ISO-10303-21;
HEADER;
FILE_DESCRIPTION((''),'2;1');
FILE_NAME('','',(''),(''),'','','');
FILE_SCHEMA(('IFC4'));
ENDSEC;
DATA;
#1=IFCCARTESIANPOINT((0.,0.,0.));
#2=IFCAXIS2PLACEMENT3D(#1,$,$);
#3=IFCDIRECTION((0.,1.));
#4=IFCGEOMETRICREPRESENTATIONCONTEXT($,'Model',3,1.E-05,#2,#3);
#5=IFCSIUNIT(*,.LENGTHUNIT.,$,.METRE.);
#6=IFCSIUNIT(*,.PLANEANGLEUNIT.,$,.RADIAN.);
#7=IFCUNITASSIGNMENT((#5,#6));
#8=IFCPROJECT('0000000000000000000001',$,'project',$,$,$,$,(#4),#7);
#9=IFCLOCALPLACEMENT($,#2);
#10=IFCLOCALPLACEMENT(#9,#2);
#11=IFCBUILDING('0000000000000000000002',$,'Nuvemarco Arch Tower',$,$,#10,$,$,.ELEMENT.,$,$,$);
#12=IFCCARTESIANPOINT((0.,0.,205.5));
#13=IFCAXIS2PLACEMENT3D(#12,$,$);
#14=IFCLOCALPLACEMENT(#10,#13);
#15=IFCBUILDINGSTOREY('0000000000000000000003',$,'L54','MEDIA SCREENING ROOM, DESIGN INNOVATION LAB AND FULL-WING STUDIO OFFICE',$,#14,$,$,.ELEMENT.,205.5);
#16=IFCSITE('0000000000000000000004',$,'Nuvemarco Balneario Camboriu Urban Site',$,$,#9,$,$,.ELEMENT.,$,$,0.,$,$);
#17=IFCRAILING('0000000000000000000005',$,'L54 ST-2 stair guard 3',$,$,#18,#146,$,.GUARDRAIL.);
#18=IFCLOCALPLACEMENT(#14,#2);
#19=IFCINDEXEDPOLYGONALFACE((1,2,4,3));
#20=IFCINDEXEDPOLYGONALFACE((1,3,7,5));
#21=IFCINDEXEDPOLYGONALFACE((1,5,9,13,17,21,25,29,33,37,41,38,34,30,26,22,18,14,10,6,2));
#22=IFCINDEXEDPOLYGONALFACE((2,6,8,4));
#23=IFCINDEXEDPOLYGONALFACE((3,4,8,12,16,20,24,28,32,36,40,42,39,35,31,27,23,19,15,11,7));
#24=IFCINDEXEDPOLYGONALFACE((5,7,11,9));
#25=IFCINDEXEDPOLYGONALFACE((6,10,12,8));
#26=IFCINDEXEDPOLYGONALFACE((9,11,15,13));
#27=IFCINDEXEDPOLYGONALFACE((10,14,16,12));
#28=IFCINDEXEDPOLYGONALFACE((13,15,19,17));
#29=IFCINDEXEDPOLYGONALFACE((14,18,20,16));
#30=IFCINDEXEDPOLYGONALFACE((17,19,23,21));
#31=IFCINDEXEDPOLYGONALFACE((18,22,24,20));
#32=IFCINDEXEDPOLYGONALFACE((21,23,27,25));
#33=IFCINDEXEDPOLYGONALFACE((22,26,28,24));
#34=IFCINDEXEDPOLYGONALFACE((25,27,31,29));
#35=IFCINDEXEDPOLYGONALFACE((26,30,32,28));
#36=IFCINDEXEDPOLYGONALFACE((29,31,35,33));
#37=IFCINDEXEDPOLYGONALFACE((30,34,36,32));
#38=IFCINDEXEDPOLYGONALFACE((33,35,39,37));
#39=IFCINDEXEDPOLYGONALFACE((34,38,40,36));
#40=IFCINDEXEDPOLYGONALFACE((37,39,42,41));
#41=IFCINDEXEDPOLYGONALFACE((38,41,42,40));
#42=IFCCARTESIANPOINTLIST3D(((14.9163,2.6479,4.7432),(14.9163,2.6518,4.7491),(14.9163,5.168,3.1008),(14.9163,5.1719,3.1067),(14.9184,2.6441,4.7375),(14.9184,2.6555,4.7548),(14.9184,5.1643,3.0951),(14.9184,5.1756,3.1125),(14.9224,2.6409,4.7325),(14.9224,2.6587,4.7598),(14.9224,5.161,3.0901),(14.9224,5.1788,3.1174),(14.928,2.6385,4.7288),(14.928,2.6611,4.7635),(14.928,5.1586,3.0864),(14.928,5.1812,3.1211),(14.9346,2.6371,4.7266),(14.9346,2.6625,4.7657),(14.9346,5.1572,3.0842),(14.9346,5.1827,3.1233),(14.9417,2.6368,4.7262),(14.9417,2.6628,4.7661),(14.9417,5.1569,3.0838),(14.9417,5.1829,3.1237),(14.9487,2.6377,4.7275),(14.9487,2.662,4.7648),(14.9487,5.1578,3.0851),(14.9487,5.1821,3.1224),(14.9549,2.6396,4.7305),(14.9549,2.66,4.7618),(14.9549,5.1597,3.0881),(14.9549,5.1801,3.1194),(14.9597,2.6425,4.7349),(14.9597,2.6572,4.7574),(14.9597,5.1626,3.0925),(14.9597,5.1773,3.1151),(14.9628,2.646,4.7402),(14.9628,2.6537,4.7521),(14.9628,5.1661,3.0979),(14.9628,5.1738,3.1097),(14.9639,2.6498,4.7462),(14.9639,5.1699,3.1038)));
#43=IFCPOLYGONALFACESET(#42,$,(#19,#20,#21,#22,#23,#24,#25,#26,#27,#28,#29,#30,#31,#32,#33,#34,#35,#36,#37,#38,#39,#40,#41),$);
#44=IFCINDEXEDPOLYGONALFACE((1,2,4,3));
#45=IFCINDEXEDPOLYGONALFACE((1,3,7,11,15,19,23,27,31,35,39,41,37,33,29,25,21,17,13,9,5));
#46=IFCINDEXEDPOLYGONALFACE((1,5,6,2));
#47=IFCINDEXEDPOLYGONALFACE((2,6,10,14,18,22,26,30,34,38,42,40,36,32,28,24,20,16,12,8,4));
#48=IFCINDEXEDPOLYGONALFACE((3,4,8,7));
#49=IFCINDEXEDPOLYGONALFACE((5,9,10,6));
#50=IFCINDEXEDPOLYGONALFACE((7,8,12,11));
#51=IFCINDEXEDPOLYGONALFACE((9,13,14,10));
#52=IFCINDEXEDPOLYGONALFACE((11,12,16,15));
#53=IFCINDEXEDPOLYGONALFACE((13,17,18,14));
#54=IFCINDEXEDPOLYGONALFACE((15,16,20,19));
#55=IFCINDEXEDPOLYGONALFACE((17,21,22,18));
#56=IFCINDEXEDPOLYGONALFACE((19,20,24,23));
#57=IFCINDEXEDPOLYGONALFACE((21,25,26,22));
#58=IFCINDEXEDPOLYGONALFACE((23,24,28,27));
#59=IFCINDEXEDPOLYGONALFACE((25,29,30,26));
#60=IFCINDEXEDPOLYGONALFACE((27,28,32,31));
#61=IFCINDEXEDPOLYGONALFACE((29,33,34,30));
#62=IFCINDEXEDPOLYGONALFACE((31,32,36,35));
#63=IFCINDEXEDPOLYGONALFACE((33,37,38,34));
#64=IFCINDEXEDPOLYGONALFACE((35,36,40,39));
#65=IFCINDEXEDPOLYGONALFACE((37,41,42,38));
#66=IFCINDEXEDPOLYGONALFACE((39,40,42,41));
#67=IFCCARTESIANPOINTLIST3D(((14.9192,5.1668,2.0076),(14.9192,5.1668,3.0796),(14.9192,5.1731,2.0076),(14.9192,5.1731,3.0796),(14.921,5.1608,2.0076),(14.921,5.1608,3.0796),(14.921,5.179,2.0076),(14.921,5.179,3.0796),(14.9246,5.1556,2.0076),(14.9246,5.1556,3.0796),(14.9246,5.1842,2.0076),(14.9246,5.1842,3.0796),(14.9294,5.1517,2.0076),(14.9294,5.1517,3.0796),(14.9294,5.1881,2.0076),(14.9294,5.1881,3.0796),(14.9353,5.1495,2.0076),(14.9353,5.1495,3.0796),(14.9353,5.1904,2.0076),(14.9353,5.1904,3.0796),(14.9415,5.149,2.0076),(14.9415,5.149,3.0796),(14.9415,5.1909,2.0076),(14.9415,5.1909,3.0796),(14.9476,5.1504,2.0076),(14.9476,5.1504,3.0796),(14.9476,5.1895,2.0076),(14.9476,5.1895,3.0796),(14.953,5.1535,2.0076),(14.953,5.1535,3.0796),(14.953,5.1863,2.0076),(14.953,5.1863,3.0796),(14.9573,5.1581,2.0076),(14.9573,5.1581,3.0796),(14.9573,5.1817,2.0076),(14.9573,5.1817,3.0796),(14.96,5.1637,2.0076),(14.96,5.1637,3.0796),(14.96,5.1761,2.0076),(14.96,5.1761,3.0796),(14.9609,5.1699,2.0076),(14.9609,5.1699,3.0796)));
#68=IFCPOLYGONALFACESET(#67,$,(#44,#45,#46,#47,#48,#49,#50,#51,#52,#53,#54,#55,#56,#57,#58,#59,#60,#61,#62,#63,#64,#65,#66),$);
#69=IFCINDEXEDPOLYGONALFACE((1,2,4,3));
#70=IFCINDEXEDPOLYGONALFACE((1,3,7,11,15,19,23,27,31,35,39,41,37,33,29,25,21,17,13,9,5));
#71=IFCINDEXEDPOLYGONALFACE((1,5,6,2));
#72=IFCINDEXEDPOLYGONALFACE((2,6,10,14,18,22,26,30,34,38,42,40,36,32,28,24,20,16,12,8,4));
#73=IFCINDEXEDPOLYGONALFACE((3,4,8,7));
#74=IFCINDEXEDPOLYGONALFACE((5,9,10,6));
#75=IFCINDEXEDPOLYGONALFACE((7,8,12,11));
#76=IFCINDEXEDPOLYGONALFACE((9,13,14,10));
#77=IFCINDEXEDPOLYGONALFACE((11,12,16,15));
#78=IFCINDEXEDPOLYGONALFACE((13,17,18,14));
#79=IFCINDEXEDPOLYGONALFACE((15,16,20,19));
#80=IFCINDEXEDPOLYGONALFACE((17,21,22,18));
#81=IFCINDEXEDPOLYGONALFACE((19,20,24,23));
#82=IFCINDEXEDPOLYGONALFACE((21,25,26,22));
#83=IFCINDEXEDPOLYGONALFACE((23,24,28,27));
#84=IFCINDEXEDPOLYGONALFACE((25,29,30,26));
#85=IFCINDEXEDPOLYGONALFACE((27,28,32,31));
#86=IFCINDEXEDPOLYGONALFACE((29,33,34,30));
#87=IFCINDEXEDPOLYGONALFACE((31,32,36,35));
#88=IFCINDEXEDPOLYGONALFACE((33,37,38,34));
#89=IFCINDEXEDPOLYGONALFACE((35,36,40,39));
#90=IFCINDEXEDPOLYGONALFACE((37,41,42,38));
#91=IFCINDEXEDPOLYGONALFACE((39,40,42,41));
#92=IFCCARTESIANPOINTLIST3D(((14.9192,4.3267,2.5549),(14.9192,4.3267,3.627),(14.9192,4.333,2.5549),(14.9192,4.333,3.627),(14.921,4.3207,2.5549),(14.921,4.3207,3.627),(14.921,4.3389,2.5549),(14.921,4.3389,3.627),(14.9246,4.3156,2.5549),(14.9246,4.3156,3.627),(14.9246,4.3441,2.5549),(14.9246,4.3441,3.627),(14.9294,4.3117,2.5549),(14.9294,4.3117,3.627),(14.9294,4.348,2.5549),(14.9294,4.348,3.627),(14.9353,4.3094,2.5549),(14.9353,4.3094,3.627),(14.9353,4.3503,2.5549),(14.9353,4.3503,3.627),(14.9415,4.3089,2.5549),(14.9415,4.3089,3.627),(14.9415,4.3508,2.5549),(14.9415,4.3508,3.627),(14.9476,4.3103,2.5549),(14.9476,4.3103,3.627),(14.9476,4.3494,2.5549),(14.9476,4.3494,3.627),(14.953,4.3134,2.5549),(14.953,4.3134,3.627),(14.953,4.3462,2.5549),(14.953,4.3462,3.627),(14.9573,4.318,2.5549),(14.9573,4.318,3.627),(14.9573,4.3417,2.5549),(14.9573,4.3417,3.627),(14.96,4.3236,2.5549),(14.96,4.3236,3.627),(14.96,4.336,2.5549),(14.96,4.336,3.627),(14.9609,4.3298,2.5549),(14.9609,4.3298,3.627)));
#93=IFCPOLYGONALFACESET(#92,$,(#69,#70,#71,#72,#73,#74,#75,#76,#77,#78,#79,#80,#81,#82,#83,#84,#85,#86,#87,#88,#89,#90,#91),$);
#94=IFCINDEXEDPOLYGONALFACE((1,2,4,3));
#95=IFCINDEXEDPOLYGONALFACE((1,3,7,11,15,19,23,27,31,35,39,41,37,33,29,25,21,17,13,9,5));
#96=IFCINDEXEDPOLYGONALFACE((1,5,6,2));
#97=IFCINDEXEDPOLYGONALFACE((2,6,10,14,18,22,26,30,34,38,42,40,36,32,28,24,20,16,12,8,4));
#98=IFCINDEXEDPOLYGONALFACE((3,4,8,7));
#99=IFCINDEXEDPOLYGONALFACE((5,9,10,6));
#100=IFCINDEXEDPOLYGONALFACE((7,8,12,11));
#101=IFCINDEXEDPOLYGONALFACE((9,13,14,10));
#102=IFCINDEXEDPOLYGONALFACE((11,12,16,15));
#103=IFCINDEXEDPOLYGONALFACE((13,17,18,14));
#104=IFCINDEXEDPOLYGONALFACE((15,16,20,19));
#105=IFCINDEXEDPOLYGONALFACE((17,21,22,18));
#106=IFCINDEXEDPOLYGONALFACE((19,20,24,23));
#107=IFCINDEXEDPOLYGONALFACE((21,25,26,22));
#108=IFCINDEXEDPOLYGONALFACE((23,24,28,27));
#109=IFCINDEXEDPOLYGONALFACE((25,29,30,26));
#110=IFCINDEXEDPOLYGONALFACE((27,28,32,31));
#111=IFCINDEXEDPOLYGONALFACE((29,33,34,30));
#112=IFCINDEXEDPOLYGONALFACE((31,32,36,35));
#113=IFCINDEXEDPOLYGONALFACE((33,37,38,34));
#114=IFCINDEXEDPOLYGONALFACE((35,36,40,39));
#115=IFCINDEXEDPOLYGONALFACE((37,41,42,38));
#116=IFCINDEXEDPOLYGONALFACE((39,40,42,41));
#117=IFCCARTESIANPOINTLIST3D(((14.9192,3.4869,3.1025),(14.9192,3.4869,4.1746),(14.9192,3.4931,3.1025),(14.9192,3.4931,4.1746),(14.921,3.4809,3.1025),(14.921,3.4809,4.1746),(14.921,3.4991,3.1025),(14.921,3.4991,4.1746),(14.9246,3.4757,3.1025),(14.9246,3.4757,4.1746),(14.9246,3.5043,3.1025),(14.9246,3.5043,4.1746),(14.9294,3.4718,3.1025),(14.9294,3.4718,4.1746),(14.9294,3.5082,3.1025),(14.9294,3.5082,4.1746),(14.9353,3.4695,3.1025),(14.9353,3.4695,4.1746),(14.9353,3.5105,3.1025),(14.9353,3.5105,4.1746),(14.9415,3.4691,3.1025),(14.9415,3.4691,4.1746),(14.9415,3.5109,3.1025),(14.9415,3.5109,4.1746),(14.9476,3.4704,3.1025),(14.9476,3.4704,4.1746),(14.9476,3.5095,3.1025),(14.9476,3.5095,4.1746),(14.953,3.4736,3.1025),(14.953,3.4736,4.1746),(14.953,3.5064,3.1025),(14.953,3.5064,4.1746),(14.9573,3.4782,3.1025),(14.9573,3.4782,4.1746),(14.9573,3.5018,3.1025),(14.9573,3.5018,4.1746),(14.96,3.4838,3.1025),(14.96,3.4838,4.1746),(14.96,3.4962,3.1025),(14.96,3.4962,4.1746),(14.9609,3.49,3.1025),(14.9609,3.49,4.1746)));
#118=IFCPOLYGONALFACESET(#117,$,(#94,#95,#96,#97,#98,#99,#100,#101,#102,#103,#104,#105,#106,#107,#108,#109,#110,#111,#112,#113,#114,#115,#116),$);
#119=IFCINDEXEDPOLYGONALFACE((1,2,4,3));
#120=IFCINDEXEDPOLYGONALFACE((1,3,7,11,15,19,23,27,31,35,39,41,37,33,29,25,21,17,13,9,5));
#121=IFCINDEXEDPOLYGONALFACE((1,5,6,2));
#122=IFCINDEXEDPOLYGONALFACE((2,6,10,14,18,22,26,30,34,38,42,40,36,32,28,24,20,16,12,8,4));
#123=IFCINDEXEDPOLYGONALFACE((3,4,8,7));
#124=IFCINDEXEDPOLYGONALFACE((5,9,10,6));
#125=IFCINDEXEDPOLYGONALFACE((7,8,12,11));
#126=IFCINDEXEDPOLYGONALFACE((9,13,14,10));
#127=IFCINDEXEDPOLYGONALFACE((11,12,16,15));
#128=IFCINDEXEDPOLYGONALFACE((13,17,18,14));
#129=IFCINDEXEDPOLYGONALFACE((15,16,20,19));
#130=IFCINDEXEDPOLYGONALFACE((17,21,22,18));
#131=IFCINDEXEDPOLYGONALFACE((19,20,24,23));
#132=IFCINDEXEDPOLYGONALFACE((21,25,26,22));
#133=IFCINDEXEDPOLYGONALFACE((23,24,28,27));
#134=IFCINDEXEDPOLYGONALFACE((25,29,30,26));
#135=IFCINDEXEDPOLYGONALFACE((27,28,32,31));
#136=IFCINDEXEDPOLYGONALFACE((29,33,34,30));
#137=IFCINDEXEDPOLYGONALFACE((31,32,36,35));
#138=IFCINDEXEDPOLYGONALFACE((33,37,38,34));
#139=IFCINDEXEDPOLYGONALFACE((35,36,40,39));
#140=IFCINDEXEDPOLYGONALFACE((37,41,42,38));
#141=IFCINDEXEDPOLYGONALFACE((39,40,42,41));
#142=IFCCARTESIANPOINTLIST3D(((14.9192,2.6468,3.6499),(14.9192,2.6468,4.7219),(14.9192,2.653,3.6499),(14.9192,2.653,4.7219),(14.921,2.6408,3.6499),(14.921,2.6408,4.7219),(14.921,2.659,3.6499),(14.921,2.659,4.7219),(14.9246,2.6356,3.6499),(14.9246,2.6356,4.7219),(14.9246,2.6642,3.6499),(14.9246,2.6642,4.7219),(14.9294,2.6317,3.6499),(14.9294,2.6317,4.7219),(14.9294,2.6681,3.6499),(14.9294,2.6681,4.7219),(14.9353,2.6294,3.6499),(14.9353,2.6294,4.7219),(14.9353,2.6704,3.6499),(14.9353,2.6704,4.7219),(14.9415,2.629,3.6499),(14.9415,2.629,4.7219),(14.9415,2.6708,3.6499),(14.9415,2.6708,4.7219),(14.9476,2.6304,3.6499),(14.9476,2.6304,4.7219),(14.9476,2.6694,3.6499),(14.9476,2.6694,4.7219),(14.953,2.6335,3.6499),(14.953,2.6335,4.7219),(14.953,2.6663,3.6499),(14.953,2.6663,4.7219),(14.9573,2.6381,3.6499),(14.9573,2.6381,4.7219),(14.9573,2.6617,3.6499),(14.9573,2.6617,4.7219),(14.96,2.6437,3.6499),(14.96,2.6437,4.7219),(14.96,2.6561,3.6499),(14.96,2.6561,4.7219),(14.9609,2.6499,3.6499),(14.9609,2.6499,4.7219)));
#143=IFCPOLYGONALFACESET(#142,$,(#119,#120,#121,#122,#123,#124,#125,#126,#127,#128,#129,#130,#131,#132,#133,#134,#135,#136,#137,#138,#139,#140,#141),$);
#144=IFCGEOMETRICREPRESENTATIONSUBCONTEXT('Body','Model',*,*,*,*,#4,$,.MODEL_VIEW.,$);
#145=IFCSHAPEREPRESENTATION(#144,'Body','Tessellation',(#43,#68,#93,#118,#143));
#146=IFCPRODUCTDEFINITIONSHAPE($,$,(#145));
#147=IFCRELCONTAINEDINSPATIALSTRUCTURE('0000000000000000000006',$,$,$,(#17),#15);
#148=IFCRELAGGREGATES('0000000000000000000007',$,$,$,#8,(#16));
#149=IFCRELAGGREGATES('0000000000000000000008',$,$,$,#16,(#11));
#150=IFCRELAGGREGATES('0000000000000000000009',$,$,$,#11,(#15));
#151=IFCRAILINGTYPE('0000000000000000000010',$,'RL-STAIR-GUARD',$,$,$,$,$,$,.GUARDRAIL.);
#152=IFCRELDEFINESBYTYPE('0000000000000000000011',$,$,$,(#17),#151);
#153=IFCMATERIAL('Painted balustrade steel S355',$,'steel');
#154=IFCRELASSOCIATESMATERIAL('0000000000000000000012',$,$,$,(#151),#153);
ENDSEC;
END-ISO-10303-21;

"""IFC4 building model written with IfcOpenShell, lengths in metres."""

from ifc_helpers import new_model, si_unit, direction, frame, origin, origin_2d, place, context, subcontext, project, spatial, circle, extrude, material, type_object, element, save


model = new_model("IFC4")

# Units and contexts
model_context = context("Model", 3, precision=1e-05, world=origin(), true_north=direction((0.0, 1.0)))
body_context = subcontext(model_context, "Body", "Model", "MODEL_VIEW")
ifc_project = project(units=[si_unit("LENGTHUNIT", "METRE"), si_unit("PLANEANGLEUNIT", "RADIAN")], contexts=[model_context])

# Site, building, storey
site_placement = place(None, origin())
site = spatial("IfcSite", under=ifc_project, at=site_placement, Name="Nuvemarco Balneario Camboriu Urban Site", CompositionType="ELEMENT", RefElevation=0.0)
building_placement = place(site_placement, origin())
building = spatial("IfcBuilding", under=site, at=building_placement, Name="Nuvemarco Arch Tower", CompositionType="ELEMENT")
storey_placement = place(building_placement, frame((0.0, 0.0, 205.5)))
storey = spatial("IfcBuildingStorey", under=building, at=storey_placement, Name="L54", Description="MEDIA SCREENING ROOM, DESIGN INNOVATION LAB AND FULL-WING STUDIO OFFICE", CompositionType="ELEMENT", Elevation=205.5)

# Railing
ifc_material_1 = material(Name="Painted balustrade steel S355", Category="steel")
railing_type_1 = type_object("IfcRailingType", Name="RL-STAIR-GUARD", PredefinedType="GUARDRAIL", material=ifc_material_1)
railing_1_placement = place(storey_placement, frame((14.9399, 5.1699, 2.0076)))
element("IfcRailing", 1, at=railing_1_placement, inside=storey, type_object=railing_type_1, Name="L54 ST-2 stair guard 3", PredefinedType="GUARDRAIL", context=body_context, shape_type="SweptSolid", body=[
    extrude(circle(Radius=0.0239, at=origin_2d()), frame((0.0, 0.0, 1.0962), z_axis=(0.0, -0.837787, 0.545998), x_axis=(1.0, 0.0, 0.0)), (0.0, 0.0, 1.0), 3.0081),
    extrude(circle(Radius=0.021, at=origin_2d()), origin(), (0.0, 0.0, 1.0), 1.072),
    extrude(circle(Radius=0.021, at=origin_2d()), frame((0.0, -0.8401, 0.5474)), (0.0, 0.0, 1.0), 1.072),
    extrude(circle(Radius=0.021, at=origin_2d()), frame((0.0, -1.6799, 1.095)), (0.0, 0.0, 1.0), 1.072),
    extrude(circle(Radius=0.021, at=origin_2d()), frame((0.0, -2.52, 1.6423)), (0.0, 0.0, 1.0), 1.072),
])

save(model, "model.ifc")
